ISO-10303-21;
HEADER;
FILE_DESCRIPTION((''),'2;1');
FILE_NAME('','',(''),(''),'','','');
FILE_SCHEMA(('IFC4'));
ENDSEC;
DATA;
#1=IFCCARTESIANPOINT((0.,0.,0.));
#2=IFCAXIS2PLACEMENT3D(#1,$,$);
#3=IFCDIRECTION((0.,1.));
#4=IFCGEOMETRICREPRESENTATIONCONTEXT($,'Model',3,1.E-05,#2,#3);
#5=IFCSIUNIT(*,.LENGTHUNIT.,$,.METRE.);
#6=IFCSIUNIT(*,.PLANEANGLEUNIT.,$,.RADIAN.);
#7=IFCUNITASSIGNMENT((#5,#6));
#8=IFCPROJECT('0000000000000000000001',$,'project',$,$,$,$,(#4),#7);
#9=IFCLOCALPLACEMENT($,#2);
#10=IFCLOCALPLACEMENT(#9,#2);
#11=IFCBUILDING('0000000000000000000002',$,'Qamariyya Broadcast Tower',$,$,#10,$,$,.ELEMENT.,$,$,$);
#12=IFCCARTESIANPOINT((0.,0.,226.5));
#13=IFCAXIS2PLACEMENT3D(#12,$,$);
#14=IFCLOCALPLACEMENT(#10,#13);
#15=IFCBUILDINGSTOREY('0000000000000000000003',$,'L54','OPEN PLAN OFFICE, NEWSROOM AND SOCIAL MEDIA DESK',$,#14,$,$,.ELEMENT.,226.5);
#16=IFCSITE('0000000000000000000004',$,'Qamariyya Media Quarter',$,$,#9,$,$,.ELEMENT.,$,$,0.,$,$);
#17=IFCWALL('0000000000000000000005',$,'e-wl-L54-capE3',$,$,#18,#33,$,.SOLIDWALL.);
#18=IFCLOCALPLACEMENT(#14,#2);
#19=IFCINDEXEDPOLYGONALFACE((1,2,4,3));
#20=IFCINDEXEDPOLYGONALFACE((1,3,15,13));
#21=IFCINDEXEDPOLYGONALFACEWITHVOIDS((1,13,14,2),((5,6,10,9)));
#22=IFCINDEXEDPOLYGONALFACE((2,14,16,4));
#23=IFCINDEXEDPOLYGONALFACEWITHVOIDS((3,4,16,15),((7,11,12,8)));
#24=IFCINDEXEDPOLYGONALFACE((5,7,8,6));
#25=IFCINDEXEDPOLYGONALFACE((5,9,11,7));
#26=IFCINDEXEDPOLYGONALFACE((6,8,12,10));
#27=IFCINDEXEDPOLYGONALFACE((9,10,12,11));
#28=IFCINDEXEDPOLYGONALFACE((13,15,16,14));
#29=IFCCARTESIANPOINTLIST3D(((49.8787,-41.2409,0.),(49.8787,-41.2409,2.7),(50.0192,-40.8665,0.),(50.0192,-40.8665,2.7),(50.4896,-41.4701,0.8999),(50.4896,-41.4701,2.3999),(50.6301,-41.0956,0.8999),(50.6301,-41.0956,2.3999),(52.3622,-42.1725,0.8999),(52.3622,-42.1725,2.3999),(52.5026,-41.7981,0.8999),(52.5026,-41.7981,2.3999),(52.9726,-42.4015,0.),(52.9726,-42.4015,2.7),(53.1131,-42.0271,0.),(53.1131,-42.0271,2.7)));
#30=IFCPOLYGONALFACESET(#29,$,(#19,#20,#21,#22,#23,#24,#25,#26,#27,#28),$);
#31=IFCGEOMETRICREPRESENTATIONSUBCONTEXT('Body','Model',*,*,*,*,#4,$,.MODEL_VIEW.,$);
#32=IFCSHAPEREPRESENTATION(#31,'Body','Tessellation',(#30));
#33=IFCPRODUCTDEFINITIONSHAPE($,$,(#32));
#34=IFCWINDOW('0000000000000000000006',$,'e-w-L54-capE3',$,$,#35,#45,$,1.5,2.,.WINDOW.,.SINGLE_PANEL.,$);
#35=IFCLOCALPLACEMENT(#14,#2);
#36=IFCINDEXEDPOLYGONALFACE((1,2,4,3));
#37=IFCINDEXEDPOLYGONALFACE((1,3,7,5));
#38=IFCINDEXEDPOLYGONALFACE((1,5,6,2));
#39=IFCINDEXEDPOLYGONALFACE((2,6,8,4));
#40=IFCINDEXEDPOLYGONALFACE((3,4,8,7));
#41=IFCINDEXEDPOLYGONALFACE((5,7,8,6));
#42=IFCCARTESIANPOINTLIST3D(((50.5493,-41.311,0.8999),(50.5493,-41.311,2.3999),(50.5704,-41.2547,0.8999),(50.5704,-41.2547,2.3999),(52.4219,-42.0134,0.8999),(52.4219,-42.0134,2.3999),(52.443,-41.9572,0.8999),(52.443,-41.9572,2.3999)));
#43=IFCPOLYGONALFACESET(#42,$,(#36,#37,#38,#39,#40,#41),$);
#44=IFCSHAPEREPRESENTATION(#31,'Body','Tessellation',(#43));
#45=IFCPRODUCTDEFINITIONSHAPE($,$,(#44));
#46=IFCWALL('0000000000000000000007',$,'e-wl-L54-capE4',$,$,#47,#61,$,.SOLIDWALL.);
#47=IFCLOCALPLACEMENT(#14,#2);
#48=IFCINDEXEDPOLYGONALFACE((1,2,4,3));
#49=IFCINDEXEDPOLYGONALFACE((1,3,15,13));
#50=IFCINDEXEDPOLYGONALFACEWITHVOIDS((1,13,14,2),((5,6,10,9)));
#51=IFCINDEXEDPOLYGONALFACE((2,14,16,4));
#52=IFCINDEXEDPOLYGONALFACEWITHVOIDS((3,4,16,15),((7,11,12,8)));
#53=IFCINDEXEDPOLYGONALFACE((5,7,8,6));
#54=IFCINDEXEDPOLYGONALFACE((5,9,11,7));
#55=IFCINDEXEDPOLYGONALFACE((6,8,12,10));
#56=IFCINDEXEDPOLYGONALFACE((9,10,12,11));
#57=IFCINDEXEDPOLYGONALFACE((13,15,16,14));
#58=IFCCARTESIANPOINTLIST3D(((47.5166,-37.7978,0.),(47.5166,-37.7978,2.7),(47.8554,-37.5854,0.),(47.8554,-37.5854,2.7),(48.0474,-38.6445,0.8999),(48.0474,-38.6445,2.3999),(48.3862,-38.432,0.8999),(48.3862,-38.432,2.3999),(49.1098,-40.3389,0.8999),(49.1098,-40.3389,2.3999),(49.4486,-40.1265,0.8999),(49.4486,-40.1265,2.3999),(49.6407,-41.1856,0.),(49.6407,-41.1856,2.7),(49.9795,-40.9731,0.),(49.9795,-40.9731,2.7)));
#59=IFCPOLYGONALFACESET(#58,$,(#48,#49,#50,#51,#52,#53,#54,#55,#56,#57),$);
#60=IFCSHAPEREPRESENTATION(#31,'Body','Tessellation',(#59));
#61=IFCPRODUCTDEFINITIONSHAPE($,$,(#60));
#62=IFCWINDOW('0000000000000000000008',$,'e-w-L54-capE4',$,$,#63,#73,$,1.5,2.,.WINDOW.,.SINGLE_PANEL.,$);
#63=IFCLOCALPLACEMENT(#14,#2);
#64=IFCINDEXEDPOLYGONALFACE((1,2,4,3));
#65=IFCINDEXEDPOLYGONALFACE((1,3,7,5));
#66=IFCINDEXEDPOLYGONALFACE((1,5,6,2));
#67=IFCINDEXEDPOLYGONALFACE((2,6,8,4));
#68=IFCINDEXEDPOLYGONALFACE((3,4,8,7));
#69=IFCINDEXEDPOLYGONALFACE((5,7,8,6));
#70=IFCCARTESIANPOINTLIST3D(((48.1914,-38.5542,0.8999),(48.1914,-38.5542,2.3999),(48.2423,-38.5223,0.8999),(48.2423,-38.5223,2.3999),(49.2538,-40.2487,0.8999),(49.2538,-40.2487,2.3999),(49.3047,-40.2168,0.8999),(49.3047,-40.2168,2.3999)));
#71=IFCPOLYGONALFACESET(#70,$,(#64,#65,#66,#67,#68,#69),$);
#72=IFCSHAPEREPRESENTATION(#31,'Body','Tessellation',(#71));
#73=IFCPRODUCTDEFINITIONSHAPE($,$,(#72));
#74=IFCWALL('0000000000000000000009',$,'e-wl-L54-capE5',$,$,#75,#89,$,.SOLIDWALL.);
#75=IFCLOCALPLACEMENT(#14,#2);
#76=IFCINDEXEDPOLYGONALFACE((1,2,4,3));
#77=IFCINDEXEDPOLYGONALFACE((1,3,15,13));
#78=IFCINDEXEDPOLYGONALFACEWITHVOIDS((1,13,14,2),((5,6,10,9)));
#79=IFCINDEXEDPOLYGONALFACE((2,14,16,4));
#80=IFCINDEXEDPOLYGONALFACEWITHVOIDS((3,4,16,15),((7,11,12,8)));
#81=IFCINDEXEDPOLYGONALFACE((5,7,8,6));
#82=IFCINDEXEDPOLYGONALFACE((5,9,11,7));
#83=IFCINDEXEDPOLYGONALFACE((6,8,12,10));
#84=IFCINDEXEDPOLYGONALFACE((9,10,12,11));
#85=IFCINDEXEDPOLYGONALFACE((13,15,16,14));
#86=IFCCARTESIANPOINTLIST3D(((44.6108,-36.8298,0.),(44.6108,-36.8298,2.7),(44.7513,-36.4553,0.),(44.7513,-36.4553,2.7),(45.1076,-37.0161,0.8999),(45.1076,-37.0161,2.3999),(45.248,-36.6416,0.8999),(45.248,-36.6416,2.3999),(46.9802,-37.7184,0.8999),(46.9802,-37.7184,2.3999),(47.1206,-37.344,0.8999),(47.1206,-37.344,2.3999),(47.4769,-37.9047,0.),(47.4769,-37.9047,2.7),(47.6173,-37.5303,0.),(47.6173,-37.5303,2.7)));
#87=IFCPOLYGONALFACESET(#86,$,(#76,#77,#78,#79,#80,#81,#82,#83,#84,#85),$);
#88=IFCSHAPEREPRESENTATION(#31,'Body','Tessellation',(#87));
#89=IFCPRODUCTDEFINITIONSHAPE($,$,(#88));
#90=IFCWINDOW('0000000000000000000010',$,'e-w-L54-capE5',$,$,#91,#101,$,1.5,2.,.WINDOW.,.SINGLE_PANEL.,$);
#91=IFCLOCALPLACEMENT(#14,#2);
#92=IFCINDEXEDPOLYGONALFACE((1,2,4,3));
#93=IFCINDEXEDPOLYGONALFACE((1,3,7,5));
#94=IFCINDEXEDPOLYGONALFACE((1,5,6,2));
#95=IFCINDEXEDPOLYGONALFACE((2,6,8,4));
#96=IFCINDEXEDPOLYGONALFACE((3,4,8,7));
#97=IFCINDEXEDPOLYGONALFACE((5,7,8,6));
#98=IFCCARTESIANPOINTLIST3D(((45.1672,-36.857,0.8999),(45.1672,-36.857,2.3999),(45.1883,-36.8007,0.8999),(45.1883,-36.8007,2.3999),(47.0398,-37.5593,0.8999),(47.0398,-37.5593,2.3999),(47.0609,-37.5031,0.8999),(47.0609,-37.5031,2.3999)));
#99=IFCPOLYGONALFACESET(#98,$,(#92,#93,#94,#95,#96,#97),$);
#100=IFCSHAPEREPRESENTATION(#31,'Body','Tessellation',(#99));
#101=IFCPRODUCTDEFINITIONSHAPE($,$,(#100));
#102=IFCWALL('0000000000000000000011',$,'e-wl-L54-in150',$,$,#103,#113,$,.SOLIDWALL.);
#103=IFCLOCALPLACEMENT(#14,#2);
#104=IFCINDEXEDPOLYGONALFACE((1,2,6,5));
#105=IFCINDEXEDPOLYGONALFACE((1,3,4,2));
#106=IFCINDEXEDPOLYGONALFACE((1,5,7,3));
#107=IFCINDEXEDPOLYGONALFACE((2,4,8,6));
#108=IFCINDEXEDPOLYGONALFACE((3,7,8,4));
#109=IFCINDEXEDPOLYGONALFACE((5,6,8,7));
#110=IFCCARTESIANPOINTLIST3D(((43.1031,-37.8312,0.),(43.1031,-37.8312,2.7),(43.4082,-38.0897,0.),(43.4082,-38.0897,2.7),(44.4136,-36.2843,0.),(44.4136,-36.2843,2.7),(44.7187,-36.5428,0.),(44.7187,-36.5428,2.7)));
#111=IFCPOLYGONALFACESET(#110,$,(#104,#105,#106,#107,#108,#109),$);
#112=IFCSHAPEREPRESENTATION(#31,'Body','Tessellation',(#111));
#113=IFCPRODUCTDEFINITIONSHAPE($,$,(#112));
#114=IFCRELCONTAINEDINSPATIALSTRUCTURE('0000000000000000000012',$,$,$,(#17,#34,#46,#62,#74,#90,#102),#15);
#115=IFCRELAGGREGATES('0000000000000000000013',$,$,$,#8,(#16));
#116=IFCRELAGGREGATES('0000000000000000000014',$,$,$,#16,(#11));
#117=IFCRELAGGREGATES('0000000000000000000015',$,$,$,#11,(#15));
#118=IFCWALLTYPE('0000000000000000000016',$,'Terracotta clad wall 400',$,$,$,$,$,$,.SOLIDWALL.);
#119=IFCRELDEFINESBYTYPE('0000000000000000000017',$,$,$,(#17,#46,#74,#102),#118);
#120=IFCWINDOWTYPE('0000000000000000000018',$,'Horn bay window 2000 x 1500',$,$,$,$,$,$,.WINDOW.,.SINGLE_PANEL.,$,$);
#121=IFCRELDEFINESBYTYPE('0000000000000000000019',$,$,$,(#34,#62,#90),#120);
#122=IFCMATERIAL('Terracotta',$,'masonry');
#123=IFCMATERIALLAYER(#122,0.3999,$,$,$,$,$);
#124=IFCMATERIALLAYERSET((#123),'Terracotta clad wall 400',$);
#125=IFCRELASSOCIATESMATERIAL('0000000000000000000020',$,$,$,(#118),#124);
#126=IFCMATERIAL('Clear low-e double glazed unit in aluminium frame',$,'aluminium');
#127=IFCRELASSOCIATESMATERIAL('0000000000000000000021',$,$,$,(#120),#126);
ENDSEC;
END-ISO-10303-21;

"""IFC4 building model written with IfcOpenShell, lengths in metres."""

from ifc_helpers import new_model, si_unit, direction, frame, frame_2d, origin, place, context, subcontext, project, spatial, rectangle, extrude, material, layer, layer_set, type_object, element, fill, save


model = new_model("IFC4")

# Units and contexts
model_context = context("Model", 3, precision=1e-05, world=origin(), true_north=direction((0.0, 1.0)))
body_context = subcontext(model_context, "Body", "Model", "MODEL_VIEW")
ifc_project = project(units=[si_unit("LENGTHUNIT", "METRE"), si_unit("PLANEANGLEUNIT", "RADIAN")], contexts=[model_context])

# Site, building, storey
site_placement = place(None, origin())
site = spatial("IfcSite", under=ifc_project, at=site_placement, Name="Qamariyya Media Quarter", CompositionType="ELEMENT", RefElevation=0.0)
building_placement = place(site_placement, origin())
building = spatial("IfcBuilding", under=site, at=building_placement, Name="Qamariyya Broadcast Tower", CompositionType="ELEMENT")
storey_placement = place(building_placement, frame((0.0, 0.0, 226.5)))
storey = spatial("IfcBuildingStorey", under=building, at=storey_placement, Name="L54", Description="OPEN PLAN OFFICE, NEWSROOM AND SOCIAL MEDIA DESK", CompositionType="ELEMENT", Elevation=226.5)

# Walls, openings, windows
ifc_material_1 = material(Name="Terracotta", Category="masonry")
ifc_layer = layer(ifc_material_1, 0.3999)
ifc_layer_set = layer_set([ifc_layer], Name="Terracotta clad wall 400")
wall_type = type_object("IfcWallType", Name="Terracotta clad wall 400", PredefinedType="SOLIDWALL", material=ifc_layer_set)
ifc_material_2 = material(Name="Clear low-e double glazed unit in aluminium frame", Category="aluminium")
window_type = type_object("IfcWindowType", Name="Horn bay window 2000 x 1500", PartitioningType="SINGLE_PANEL", PredefinedType="WINDOW", material=ifc_material_2)
wall_1_placement = place(storey_placement, frame((53.043, -42.2144, 0.0), z_axis=(0.0, 0.0, 1.0), x_axis=(-0.93629, 0.351229, 0.0)))
wall_1 = element("IfcWall", 1, at=wall_1_placement, inside=storey, type_object=wall_type, Name="e-wl-L54-capE3", PredefinedType="SOLIDWALL", context=body_context, shape_type="SweptSolid", body=[
    extrude(rectangle(XDim=3.3044, YDim=0.3999, at=frame_2d((1.6523, 0.0))), origin(), (0.0, 0.0, 1.0), 2.7),
])
opening_1_placement = place(wall_1_placement, frame((0.6521, 0.0, 0.8999)))
opening_1 = element("IfcOpeningElement", 2, at=opening_1_placement, cuts=wall_1, PredefinedType="OPENING", context=body_context, shape_type="SweptSolid", body=[
    extrude(rectangle(XDim=2.0, YDim=1.5, at=frame_2d((1.0, 0.75))), frame((0.0, 0.21, 0.0), z_axis=(0.0, -1.0, 0.0), x_axis=(1.0, 0.0, 0.0)), (0.0, 0.0, 1.0), 0.4199),
])
window_1_placement = place(opening_1_placement, origin())
window_1 = element("IfcWindow", 3, at=window_1_placement, inside=storey, type_object=window_type, Name="e-w-L54-capE3", OverallHeight=1.5, OverallWidth=2.0, PartitioningType="SINGLE_PANEL", PredefinedType="WINDOW", context=body_context, shape_type="SweptSolid", body=[
    extrude(rectangle(XDim=2.0, YDim=1.5, at=frame_2d((1.0, 0.75))), frame((0.0, 0.03, 0.0), z_axis=(0.0, -1.0, 0.0), x_axis=(1.0, 0.0, 0.0)), (0.0, 0.0, 1.0), 0.0601),
])
fill(opening_1, window_1)
wall_2_placement = place(storey_placement, frame((49.8101, -41.0793, 0.0), z_axis=(0.0, 0.0, 1.0), x_axis=(-0.531206, 0.847243, 0.0)))
wall_2 = element("IfcWall", 4, at=wall_2_placement, inside=storey, type_object=wall_type, Name="e-wl-L54-capE4", PredefinedType="SOLIDWALL", context=body_context, shape_type="SweptSolid", body=[
    extrude(rectangle(XDim=3.9985, YDim=0.3999, at=frame_2d((1.9993, 0.0))), origin(), (0.0, 0.0, 1.0), 2.7),
])
opening_2_placement = place(wall_2_placement, frame((0.9993, 0.0, 0.8999)))
opening_2 = element("IfcOpeningElement", 5, at=opening_2_placement, cuts=wall_2, PredefinedType="OPENING", context=body_context, shape_type="SweptSolid", body=[
    extrude(rectangle(XDim=2.0, YDim=1.5, at=frame_2d((1.0, 0.75))), frame((0.0, 0.21, 0.0), z_axis=(0.0, -1.0, 0.0), x_axis=(1.0, 0.0, 0.0)), (0.0, 0.0, 1.0), 0.4199),
])
window_2_placement = place(opening_2_placement, origin())
window_2 = element("IfcWindow", 6, at=window_2_placement, inside=storey, type_object=window_type, Name="e-w-L54-capE4", OverallHeight=1.5, OverallWidth=2.0, PartitioningType="SINGLE_PANEL", PredefinedType="WINDOW", context=body_context, shape_type="SweptSolid", body=[
    extrude(rectangle(XDim=2.0, YDim=1.5, at=frame_2d((1.0, 0.75))), frame((0.0, 0.03, 0.0), z_axis=(0.0, -1.0, 0.0), x_axis=(1.0, 0.0, 0.0)), (0.0, 0.0, 1.0), 0.0601),
])
fill(opening_2, window_2)
wall_3_placement = place(storey_placement, frame((47.5471, -37.7175, 0.0), z_axis=(0.0, 0.0, 1.0), x_axis=(-0.936306, 0.351185, 0.0)))
wall_3 = element("IfcWall", 7, at=wall_3_placement, inside=storey, type_object=wall_type, Name="e-wl-L54-capE5", PredefinedType="SOLIDWALL", context=body_context, shape_type="SweptSolid", body=[
    extrude(rectangle(XDim=3.061, YDim=0.3999, at=frame_2d((1.5305, 0.0))), origin(), (0.0, 0.0, 1.0), 2.7),
])
opening_3_placement = place(wall_3_placement, frame((0.5305, 0.0, 0.8999)))
opening_3 = element("IfcOpeningElement", 8, at=opening_3_placement, cuts=wall_3, PredefinedType="OPENING", context=body_context, shape_type="SweptSolid", body=[
    extrude(rectangle(XDim=2.0, YDim=1.5, at=frame_2d((1.0, 0.75))), frame((0.0, 0.21, 0.0), z_axis=(0.0, -1.0, 0.0), x_axis=(1.0, 0.0, 0.0)), (0.0, 0.0, 1.0), 0.4199),
])
window_3_placement = place(opening_3_placement, origin())
window_3 = element("IfcWindow", 9, at=window_3_placement, inside=storey, type_object=window_type, Name="e-w-L54-capE5", OverallHeight=1.5, OverallWidth=2.0, PartitioningType="SINGLE_PANEL", PredefinedType="WINDOW", context=body_context, shape_type="SweptSolid", body=[
    extrude(rectangle(XDim=2.0, YDim=1.5, at=frame_2d((1.0, 0.75))), frame((0.0, 0.03, 0.0), z_axis=(0.0, -1.0, 0.0), x_axis=(1.0, 0.0, 0.0)), (0.0, 0.0, 1.0), 0.0601),
])
fill(opening_3, window_3)

# Wall
wall_4_placement = place(storey_placement, frame((44.5662, -36.4136, 0.0), z_axis=(0.0, 0.0, 1.0), x_axis=(-0.646417, -0.762984, 0.0)))
element("IfcWall", 10, at=wall_4_placement, inside=storey, type_object=wall_type, Name="e-wl-L54-in150", PredefinedType="SOLIDWALL", context=body_context, shape_type="SweptSolid", body=[
    extrude(rectangle(XDim=2.0273, YDim=0.3999, at=frame_2d((1.0137, 0.0))), origin(), (0.0, 0.0, 1.0), 2.7),
])

save(model, "model.ifc")
